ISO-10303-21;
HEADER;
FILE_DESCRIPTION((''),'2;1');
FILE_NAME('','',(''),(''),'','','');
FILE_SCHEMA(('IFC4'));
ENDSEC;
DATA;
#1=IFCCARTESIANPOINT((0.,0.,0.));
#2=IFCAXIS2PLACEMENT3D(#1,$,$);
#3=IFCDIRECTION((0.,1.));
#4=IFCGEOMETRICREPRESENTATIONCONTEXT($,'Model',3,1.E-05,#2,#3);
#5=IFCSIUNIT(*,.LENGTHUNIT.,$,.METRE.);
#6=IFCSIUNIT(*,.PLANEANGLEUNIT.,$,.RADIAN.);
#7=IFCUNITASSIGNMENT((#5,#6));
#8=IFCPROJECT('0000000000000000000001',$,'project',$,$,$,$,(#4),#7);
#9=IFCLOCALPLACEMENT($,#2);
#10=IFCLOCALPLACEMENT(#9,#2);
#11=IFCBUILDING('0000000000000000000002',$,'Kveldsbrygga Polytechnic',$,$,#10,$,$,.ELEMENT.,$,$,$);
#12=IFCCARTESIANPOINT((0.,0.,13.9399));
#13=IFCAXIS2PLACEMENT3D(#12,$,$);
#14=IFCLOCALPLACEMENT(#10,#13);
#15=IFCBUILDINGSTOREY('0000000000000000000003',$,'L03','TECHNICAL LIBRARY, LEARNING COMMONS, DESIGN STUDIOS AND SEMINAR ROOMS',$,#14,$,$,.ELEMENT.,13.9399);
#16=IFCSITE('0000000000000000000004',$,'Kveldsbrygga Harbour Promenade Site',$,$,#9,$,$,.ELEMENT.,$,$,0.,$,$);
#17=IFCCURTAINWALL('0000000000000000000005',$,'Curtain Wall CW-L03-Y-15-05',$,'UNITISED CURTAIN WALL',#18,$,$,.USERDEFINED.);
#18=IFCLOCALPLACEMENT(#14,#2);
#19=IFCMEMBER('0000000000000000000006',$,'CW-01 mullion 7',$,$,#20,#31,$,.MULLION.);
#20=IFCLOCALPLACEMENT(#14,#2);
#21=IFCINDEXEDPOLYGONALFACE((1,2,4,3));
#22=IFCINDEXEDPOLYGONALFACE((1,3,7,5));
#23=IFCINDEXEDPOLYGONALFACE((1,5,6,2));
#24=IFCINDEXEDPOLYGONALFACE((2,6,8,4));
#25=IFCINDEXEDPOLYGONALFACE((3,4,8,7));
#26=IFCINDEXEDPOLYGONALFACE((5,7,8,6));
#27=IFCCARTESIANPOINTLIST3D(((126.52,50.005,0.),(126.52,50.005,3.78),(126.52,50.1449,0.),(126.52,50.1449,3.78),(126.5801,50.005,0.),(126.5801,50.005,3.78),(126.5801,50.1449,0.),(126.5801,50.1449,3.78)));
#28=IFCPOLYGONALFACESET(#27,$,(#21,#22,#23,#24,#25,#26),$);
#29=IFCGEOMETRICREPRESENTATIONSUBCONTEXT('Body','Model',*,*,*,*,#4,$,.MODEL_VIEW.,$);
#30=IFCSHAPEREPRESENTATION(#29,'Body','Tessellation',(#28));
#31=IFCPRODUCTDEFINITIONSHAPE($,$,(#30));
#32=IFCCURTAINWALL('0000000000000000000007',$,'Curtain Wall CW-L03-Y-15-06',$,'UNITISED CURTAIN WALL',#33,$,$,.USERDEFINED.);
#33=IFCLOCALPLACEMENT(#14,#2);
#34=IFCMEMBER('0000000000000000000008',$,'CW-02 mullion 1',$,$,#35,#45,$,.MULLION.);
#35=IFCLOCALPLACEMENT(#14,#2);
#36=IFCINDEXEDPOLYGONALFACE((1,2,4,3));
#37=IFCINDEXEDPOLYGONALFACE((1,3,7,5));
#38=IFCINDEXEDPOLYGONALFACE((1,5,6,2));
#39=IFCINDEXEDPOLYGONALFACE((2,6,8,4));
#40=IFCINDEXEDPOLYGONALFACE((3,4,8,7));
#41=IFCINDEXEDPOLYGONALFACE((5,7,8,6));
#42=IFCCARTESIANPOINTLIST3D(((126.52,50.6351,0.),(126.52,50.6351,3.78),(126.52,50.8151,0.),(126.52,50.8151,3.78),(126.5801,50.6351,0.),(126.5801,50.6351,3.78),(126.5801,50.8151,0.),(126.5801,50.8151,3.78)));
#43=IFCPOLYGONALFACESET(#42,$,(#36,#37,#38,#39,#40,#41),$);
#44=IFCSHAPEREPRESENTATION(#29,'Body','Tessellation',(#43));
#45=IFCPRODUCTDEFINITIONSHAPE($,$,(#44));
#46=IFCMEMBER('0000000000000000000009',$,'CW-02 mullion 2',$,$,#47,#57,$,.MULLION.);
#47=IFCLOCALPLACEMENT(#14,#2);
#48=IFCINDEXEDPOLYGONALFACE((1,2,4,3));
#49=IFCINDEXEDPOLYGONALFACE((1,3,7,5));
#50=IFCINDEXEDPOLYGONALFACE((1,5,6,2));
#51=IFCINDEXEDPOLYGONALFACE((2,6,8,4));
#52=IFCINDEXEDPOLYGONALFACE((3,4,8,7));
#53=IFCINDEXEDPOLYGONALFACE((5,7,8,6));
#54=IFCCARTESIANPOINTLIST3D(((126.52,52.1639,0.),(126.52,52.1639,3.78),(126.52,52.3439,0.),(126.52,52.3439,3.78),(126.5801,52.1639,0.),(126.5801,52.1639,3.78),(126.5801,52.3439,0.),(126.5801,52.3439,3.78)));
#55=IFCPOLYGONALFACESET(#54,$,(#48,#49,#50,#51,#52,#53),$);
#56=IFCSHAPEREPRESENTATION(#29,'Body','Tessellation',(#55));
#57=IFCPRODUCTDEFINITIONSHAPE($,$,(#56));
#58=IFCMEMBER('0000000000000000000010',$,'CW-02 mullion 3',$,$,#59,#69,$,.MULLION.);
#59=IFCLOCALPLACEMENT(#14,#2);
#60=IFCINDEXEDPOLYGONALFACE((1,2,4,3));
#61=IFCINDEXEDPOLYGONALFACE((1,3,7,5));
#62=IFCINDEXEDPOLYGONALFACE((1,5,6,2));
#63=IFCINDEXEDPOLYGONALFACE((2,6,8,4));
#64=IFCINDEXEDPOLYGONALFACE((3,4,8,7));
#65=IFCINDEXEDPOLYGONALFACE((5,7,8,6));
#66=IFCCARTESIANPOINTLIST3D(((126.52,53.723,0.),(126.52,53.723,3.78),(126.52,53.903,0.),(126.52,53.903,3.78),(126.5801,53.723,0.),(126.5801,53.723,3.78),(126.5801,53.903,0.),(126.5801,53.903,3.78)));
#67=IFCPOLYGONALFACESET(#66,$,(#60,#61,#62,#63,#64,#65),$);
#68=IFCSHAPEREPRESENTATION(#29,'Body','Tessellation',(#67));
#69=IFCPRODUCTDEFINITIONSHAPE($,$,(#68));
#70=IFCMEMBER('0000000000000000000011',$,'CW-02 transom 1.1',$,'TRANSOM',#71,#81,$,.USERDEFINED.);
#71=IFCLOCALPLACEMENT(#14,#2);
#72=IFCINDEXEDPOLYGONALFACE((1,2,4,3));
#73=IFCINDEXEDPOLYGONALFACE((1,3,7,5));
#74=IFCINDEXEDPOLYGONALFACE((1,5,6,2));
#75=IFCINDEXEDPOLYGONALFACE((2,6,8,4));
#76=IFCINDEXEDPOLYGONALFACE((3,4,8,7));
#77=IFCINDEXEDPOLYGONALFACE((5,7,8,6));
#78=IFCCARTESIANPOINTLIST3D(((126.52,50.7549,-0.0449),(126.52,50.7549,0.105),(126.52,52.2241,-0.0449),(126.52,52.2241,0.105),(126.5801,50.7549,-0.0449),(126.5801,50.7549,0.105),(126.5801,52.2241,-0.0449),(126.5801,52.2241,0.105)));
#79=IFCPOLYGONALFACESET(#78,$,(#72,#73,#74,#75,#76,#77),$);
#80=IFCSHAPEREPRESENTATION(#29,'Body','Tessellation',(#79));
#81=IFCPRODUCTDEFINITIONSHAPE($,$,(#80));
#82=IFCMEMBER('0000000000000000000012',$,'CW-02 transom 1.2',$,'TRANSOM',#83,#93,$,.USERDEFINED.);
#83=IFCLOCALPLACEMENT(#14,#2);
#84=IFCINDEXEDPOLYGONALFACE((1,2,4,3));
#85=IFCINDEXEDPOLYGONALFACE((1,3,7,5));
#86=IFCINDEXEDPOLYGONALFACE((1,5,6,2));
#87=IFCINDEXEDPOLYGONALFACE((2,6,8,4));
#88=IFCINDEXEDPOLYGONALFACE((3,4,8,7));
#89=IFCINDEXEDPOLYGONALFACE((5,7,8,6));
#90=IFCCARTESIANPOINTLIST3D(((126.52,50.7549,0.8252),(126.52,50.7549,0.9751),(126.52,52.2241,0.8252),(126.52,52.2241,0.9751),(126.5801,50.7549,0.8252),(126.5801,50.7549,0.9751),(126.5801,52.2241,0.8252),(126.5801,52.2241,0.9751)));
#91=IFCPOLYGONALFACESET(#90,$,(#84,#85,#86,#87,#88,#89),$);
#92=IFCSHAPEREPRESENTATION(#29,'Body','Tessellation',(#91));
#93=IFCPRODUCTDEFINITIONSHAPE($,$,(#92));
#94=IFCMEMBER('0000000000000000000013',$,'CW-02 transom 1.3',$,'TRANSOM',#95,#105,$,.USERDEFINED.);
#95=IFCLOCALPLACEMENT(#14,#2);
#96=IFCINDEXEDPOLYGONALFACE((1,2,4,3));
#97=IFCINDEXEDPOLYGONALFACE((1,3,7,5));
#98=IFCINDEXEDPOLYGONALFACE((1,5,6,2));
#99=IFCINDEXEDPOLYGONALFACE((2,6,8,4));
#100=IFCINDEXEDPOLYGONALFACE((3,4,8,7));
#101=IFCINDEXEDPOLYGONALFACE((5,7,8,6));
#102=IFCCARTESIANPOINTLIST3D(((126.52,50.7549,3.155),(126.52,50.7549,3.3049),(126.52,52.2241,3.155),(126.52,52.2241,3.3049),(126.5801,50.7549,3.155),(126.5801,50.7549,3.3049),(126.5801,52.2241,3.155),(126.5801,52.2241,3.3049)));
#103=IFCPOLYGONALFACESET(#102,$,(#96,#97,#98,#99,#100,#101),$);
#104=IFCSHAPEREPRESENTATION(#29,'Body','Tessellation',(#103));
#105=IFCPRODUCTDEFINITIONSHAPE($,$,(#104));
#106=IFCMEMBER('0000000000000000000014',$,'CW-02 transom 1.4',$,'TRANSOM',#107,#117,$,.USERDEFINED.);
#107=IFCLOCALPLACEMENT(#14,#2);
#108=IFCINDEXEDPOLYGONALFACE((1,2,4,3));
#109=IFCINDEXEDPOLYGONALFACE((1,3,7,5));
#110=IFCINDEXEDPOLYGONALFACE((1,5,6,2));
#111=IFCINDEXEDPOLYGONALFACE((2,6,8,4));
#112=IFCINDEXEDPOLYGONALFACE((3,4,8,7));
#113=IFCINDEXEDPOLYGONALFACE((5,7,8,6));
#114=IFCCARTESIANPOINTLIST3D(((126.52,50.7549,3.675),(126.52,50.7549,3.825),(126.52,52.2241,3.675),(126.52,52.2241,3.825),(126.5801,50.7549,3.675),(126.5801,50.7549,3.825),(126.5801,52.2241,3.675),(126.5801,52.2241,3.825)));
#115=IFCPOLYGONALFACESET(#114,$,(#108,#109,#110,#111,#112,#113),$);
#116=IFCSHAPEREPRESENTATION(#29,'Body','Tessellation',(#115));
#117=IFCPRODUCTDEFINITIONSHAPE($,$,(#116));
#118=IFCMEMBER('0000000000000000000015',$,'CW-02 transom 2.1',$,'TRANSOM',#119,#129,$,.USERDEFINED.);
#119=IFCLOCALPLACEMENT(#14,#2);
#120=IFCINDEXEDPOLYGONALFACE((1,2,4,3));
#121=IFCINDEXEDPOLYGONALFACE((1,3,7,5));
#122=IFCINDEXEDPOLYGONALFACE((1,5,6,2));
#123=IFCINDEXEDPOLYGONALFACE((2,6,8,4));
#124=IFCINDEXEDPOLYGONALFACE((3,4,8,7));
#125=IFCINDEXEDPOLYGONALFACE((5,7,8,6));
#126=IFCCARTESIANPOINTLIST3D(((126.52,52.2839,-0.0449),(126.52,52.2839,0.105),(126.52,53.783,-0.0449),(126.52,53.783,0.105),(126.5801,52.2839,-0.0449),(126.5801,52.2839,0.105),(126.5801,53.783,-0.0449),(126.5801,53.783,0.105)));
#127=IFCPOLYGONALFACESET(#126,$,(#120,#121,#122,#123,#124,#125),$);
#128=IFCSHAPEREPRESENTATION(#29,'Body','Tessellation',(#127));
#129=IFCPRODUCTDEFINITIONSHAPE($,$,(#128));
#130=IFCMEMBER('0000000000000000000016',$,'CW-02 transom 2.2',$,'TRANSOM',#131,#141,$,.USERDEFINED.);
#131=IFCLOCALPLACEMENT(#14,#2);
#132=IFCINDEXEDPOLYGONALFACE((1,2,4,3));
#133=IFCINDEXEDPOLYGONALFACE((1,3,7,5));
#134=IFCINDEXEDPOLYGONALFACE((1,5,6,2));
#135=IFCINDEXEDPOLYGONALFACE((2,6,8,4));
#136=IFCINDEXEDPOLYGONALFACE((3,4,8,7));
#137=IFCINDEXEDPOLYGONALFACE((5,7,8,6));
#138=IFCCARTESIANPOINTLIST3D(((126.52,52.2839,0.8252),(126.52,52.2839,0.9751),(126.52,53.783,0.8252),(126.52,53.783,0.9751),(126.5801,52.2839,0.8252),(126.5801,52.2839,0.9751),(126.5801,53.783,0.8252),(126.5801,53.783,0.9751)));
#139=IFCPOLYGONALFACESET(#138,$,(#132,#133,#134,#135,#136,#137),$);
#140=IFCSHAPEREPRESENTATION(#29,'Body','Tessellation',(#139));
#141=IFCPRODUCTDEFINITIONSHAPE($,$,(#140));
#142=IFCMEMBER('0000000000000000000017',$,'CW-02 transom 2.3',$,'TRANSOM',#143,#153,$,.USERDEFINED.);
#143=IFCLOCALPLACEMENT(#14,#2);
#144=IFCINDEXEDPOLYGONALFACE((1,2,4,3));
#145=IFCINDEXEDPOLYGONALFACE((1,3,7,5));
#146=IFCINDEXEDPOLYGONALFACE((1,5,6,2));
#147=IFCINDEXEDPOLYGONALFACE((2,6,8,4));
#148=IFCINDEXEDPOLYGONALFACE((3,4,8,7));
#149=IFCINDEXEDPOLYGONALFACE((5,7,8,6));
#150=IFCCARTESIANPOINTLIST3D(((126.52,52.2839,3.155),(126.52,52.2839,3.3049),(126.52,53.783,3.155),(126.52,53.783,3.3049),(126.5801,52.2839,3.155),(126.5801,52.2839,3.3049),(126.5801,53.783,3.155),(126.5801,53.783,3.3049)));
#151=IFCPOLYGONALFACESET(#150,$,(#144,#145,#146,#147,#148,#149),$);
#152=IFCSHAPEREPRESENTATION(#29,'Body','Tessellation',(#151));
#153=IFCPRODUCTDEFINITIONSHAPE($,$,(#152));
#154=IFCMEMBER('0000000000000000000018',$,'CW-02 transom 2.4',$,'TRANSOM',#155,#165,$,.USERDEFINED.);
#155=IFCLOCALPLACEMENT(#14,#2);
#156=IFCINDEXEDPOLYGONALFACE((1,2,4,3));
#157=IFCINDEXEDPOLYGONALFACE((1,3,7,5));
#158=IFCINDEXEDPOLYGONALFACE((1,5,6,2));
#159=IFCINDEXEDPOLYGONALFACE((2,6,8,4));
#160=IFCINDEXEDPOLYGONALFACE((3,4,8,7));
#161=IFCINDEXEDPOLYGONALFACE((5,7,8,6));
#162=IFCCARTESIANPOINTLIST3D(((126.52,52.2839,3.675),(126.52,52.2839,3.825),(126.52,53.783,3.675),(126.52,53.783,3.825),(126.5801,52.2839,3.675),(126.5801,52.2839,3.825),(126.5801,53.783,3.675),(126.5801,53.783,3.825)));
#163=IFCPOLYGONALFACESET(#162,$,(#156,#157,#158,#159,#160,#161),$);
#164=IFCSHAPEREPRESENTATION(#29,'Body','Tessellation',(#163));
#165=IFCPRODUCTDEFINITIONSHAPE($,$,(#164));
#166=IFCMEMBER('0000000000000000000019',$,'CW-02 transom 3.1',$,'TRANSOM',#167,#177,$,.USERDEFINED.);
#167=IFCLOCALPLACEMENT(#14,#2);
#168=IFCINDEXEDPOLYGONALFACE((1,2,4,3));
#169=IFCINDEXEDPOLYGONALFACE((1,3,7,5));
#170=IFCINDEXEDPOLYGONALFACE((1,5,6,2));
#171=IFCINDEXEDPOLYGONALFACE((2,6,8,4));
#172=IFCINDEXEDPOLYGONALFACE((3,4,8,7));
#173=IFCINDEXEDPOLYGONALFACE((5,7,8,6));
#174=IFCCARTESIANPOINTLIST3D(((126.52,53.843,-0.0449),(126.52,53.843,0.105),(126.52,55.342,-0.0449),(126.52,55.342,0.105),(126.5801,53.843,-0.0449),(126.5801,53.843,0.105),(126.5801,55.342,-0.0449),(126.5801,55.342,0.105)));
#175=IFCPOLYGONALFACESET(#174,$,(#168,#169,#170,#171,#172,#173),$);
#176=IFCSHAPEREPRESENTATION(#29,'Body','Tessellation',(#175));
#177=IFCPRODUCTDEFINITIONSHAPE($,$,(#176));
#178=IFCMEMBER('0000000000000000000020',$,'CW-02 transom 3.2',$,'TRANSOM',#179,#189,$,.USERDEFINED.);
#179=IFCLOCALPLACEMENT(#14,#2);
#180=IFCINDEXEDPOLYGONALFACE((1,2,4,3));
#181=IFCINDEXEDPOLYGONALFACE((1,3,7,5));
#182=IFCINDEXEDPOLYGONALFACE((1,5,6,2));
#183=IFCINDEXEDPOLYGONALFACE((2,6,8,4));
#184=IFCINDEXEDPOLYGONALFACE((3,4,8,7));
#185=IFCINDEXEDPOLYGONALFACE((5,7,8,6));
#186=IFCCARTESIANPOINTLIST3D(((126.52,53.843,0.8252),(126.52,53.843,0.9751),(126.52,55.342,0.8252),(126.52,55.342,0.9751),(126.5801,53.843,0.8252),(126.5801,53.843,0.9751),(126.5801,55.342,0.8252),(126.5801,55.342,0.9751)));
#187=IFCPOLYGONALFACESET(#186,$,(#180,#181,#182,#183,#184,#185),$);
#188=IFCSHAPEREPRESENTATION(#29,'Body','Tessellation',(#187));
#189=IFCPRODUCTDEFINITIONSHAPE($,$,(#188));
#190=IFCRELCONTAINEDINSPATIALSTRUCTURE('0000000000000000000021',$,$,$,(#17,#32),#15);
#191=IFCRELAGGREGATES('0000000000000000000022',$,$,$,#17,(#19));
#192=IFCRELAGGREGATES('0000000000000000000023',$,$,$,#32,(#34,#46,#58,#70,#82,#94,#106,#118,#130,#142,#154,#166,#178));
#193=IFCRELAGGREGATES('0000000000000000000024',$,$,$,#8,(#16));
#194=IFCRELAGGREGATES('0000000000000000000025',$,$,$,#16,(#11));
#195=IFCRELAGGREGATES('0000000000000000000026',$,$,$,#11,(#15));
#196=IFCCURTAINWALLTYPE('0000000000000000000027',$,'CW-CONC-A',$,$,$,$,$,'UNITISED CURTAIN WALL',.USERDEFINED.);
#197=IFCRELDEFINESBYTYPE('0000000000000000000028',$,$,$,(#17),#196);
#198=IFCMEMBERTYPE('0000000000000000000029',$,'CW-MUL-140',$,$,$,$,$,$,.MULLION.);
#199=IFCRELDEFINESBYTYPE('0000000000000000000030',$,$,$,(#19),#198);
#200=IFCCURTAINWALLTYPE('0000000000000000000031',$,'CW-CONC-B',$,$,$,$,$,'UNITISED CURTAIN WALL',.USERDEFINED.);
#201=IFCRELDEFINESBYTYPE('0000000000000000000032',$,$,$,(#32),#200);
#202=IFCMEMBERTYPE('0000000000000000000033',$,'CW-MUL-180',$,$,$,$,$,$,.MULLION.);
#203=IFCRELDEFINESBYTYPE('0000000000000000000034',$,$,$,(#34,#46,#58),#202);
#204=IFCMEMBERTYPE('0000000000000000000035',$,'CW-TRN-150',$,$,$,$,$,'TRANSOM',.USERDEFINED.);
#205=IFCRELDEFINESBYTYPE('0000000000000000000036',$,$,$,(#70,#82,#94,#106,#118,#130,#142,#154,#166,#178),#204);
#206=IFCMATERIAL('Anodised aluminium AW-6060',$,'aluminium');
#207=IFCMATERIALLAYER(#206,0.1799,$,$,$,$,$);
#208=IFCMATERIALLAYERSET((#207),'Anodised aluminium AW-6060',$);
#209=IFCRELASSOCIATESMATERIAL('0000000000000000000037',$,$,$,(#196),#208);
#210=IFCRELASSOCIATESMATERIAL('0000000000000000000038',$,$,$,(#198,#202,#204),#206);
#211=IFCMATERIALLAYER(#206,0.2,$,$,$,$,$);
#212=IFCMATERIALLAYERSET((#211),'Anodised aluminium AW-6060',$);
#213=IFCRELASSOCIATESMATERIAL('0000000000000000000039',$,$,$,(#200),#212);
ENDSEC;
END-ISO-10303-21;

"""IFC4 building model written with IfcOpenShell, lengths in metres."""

from ifc_helpers import new_model, si_unit, direction, frame, origin, origin_2d, place, context, subcontext, project, spatial, rectangle, extrude, material, layer, layer_set, material_profile, profile_set, type_object, element, aggregate, save


model = new_model("IFC4")

# Units and contexts
model_context = context("Model", 3, precision=1e-05, world=origin(), true_north=direction((0.0, 1.0)))
body_context = subcontext(model_context, "Body", "Model", "MODEL_VIEW")
ifc_project = project(units=[si_unit("LENGTHUNIT", "METRE"), si_unit("PLANEANGLEUNIT", "RADIAN")], contexts=[model_context])

# Site, building, storey
site_placement = place(None, origin())
site = spatial("IfcSite", under=ifc_project, at=site_placement, Name="Kveldsbrygga Harbour Promenade Site", CompositionType="ELEMENT", RefElevation=0.0)
building_placement = place(site_placement, origin())
building = spatial("IfcBuilding", under=site, at=building_placement, Name="Kveldsbrygga Polytechnic", CompositionType="ELEMENT")
storey_placement = place(building_placement, frame((0.0, 0.0, 13.9399)))
storey = spatial("IfcBuildingStorey", under=building, at=storey_placement, Name="L03", Description="TECHNICAL LIBRARY, LEARNING COMMONS, DESIGN STUDIOS AND SEMINAR ROOMS", CompositionType="ELEMENT", Elevation=13.9399)

# Curtain wall, member
ifc_material_1 = material(Name="Anodised aluminium AW-6060", Category="aluminium")
ifc_layer_1 = layer(ifc_material_1, 0.1799)
ifc_layer_set_1 = layer_set([ifc_layer_1], Name="Anodised aluminium AW-6060")
curtain_wall_type_1 = type_object("IfcCurtainWallType", Name="CW-CONC-A", ElementType="UNITISED CURTAIN WALL", PredefinedType="USERDEFINED", material=ifc_layer_set_1)
curtain_wall_1_placement = place(storey_placement, origin())
curtain_wall_1 = element("IfcCurtainWall", 1, at=curtain_wall_1_placement, inside=storey, type_object=curtain_wall_type_1, Name="Curtain Wall CW-L03-Y-15-05", ObjectType="UNITISED CURTAIN WALL", PredefinedType="USERDEFINED")
ifc_material_profile_1 = material_profile(ifc_material_1, rectangle(XDim=0.0601, YDim=0.1399, at=origin_2d()), Name="ALU 60x140")
ifc_profile_set_1 = profile_set([ifc_material_profile_1], Name="Anodised aluminium AW-6060")
member_type_1 = type_object("IfcMemberType", Name="CW-MUL-140", PredefinedType="MULLION", material=ifc_profile_set_1)
member_1_placement = place(storey_placement, frame((126.55, 50.075, 0.0), z_axis=(0.0, 0.0, 1.0), x_axis=(-1.0, 0.0, 0.0)))
member_1 = element("IfcMember", 2, at=member_1_placement, type_object=member_type_1, Name="CW-01 mullion 7", PredefinedType="MULLION", context=body_context, shape_type="SweptSolid", body=[
    extrude(rectangle(XDim=0.0601, YDim=0.1399, at=origin_2d()), origin(), (0.0, 0.0, 1.0), 3.78),
])
aggregate(curtain_wall_1, [member_1])

# Curtain wall, members
ifc_layer_2 = layer(ifc_material_1, 0.2)
ifc_layer_set_2 = layer_set([ifc_layer_2], Name="Anodised aluminium AW-6060")
curtain_wall_type_2 = type_object("IfcCurtainWallType", Name="CW-CONC-B", ElementType="UNITISED CURTAIN WALL", PredefinedType="USERDEFINED", material=ifc_layer_set_2)
curtain_wall_2_placement = place(storey_placement, origin())
curtain_wall_2 = element("IfcCurtainWall", 3, at=curtain_wall_2_placement, inside=storey, type_object=curtain_wall_type_2, Name="Curtain Wall CW-L03-Y-15-06", ObjectType="UNITISED CURTAIN WALL", PredefinedType="USERDEFINED")
ifc_material_profile_2 = material_profile(ifc_material_1, rectangle(XDim=0.0601, YDim=0.1799, at=origin_2d()), Name="ALU 60x180")
ifc_profile_set_2 = profile_set([ifc_material_profile_2], Name="Anodised aluminium AW-6060")
member_type_2 = type_object("IfcMemberType", Name="CW-MUL-180", PredefinedType="MULLION", material=ifc_profile_set_2)
member_2_placement = place(storey_placement, frame((126.55, 50.7251, 0.0), z_axis=(0.0, 0.0, 1.0), x_axis=(-1.0, 0.0, 0.0)))
member_2 = element("IfcMember", 4, at=member_2_placement, type_object=member_type_2, Name="CW-02 mullion 1", PredefinedType="MULLION", context=body_context, shape_type="SweptSolid", body=[
    extrude(rectangle(XDim=0.0601, YDim=0.1799, at=origin_2d()), origin(), (0.0, 0.0, 1.0), 3.78),
])
member_3_placement = place(storey_placement, frame((126.55, 52.2539, 0.0), z_axis=(0.0, 0.0, 1.0), x_axis=(-1.0, 0.0, 0.0)))
member_3 = element("IfcMember", 5, at=member_3_placement, type_object=member_type_2, Name="CW-02 mullion 2", PredefinedType="MULLION", context=body_context, shape_type="SweptSolid", body=[
    extrude(rectangle(XDim=0.0601, YDim=0.1799, at=origin_2d()), origin(), (0.0, 0.0, 1.0), 3.78),
])
member_4_placement = place(storey_placement, frame((126.55, 53.813, 0.0), z_axis=(0.0, 0.0, 1.0), x_axis=(-1.0, 0.0, 0.0)))
member_4 = element("IfcMember", 6, at=member_4_placement, type_object=member_type_2, Name="CW-02 mullion 3", PredefinedType="MULLION", context=body_context, shape_type="SweptSolid", body=[
    extrude(rectangle(XDim=0.0601, YDim=0.1799, at=origin_2d()), origin(), (0.0, 0.0, 1.0), 3.78),
])
ifc_material_profile_3 = material_profile(ifc_material_1, rectangle(XDim=0.0601, YDim=0.1499, at=origin_2d()), Name="ALU 60x150")
ifc_profile_set_3 = profile_set([ifc_material_profile_3], Name="Anodised aluminium AW-6060")
member_type_3 = type_object("IfcMemberType", Name="CW-TRN-150", ElementType="TRANSOM", PredefinedType="USERDEFINED", material=ifc_profile_set_3)
member_5_placement = place(storey_placement, frame((126.55, 50.7549, 0.03), z_axis=(0.0, 1.0, 0.0), x_axis=(-1.0, 0.0, 0.0)))
member_5 = element("IfcMember", 7, at=member_5_placement, type_object=member_type_3, Name="CW-02 transom 1.1", ObjectType="TRANSOM", PredefinedType="USERDEFINED", context=body_context, shape_type="SweptSolid", body=[
    extrude(rectangle(XDim=0.0601, YDim=0.1499, at=origin_2d()), origin(), (0.0, 0.0, 1.0), 1.4692),
])
member_6_placement = place(storey_placement, frame((126.55, 50.7549, 0.9001), z_axis=(0.0, 1.0, 0.0), x_axis=(-1.0, 0.0, 0.0)))
member_6 = element("IfcMember", 8, at=member_6_placement, type_object=member_type_3, Name="CW-02 transom 1.2", ObjectType="TRANSOM", PredefinedType="USERDEFINED", context=body_context, shape_type="SweptSolid", body=[
    extrude(rectangle(XDim=0.0601, YDim=0.1499, at=origin_2d()), origin(), (0.0, 0.0, 1.0), 1.4692),
])
member_7_placement = place(storey_placement, frame((126.55, 50.7549, 3.23), z_axis=(0.0, 1.0, 0.0), x_axis=(-1.0, 0.0, 0.0)))
member_7 = element("IfcMember", 9, at=member_7_placement, type_object=member_type_3, Name="CW-02 transom 1.3", ObjectType="TRANSOM", PredefinedType="USERDEFINED", context=body_context, shape_type="SweptSolid", body=[
    extrude(rectangle(XDim=0.0601, YDim=0.1499, at=origin_2d()), origin(), (0.0, 0.0, 1.0), 1.4692),
])
member_8_placement = place(storey_placement, frame((126.55, 50.7549, 3.75), z_axis=(0.0, 1.0, 0.0), x_axis=(-1.0, 0.0, 0.0)))
member_8 = element("IfcMember", 10, at=member_8_placement, type_object=member_type_3, Name="CW-02 transom 1.4", ObjectType="TRANSOM", PredefinedType="USERDEFINED", context=body_context, shape_type="SweptSolid", body=[
    extrude(rectangle(XDim=0.0601, YDim=0.1499, at=origin_2d()), origin(), (0.0, 0.0, 1.0), 1.4692),
])
member_9_placement = place(storey_placement, frame((126.55, 52.2839, 0.03), z_axis=(0.0, 1.0, 0.0), x_axis=(-1.0, 0.0, 0.0)))
member_9 = element("IfcMember", 11, at=member_9_placement, type_object=member_type_3, Name="CW-02 transom 2.1", ObjectType="TRANSOM", PredefinedType="USERDEFINED", context=body_context, shape_type="SweptSolid", body=[
    extrude(rectangle(XDim=0.0601, YDim=0.1499, at=origin_2d()), origin(), (0.0, 0.0, 1.0), 1.499),
])
member_10_placement = place(storey_placement, frame((126.55, 52.2839, 0.9001), z_axis=(0.0, 1.0, 0.0), x_axis=(-1.0, 0.0, 0.0)))
member_10 = element("IfcMember", 12, at=member_10_placement, type_object=member_type_3, Name="CW-02 transom 2.2", ObjectType="TRANSOM", PredefinedType="USERDEFINED", context=body_context, shape_type="SweptSolid", body=[
    extrude(rectangle(XDim=0.0601, YDim=0.1499, at=origin_2d()), origin(), (0.0, 0.0, 1.0), 1.499),
])
member_11_placement = place(storey_placement, frame((126.55, 52.2839, 3.23), z_axis=(0.0, 1.0, 0.0), x_axis=(-1.0, 0.0, 0.0)))
member_11 = element("IfcMember", 13, at=member_11_placement, type_object=member_type_3, Name="CW-02 transom 2.3", ObjectType="TRANSOM", PredefinedType="USERDEFINED", context=body_context, shape_type="SweptSolid", body=[
    extrude(rectangle(XDim=0.0601, YDim=0.1499, at=origin_2d()), origin(), (0.0, 0.0, 1.0), 1.499),
])
member_12_placement = place(storey_placement, frame((126.55, 52.2839, 3.75), z_axis=(0.0, 1.0, 0.0), x_axis=(-1.0, 0.0, 0.0)))
member_12 = element("IfcMember", 14, at=member_12_placement, type_object=member_type_3, Name="CW-02 transom 2.4", ObjectType="TRANSOM", PredefinedType="USERDEFINED", context=body_context, shape_type="SweptSolid", body=[
    extrude(rectangle(XDim=0.0601, YDim=0.1499, at=origin_2d()), origin(), (0.0, 0.0, 1.0), 1.499),
])
member_13_placement = place(storey_placement, frame((126.55, 53.843, 0.03), z_axis=(0.0, 1.0, 0.0), x_axis=(-1.0, 0.0, 0.0)))
member_13 = element("IfcMember", 15, at=member_13_placement, type_object=member_type_3, Name="CW-02 transom 3.1", ObjectType="TRANSOM", PredefinedType="USERDEFINED", context=body_context, shape_type="SweptSolid", body=[
    extrude(rectangle(XDim=0.0601, YDim=0.1499, at=origin_2d()), origin(), (0.0, 0.0, 1.0), 1.499),
])
member_14_placement = place(storey_placement, frame((126.55, 53.843, 0.9001), z_axis=(0.0, 1.0, 0.0), x_axis=(-1.0, 0.0, 0.0)))
member_14 = element("IfcMember", 16, at=member_14_placement, type_object=member_type_3, Name="CW-02 transom 3.2", ObjectType="TRANSOM", PredefinedType="USERDEFINED", context=body_context, shape_type="SweptSolid", body=[
    extrude(rectangle(XDim=0.0601, YDim=0.1499, at=origin_2d()), origin(), (0.0, 0.0, 1.0), 1.499),
])
aggregate(curtain_wall_2, [member_2, member_3, member_4, member_5, member_6, member_7, member_8, member_9, member_10, member_11, member_12, member_13, member_14])

save(model, "model.ifc")
